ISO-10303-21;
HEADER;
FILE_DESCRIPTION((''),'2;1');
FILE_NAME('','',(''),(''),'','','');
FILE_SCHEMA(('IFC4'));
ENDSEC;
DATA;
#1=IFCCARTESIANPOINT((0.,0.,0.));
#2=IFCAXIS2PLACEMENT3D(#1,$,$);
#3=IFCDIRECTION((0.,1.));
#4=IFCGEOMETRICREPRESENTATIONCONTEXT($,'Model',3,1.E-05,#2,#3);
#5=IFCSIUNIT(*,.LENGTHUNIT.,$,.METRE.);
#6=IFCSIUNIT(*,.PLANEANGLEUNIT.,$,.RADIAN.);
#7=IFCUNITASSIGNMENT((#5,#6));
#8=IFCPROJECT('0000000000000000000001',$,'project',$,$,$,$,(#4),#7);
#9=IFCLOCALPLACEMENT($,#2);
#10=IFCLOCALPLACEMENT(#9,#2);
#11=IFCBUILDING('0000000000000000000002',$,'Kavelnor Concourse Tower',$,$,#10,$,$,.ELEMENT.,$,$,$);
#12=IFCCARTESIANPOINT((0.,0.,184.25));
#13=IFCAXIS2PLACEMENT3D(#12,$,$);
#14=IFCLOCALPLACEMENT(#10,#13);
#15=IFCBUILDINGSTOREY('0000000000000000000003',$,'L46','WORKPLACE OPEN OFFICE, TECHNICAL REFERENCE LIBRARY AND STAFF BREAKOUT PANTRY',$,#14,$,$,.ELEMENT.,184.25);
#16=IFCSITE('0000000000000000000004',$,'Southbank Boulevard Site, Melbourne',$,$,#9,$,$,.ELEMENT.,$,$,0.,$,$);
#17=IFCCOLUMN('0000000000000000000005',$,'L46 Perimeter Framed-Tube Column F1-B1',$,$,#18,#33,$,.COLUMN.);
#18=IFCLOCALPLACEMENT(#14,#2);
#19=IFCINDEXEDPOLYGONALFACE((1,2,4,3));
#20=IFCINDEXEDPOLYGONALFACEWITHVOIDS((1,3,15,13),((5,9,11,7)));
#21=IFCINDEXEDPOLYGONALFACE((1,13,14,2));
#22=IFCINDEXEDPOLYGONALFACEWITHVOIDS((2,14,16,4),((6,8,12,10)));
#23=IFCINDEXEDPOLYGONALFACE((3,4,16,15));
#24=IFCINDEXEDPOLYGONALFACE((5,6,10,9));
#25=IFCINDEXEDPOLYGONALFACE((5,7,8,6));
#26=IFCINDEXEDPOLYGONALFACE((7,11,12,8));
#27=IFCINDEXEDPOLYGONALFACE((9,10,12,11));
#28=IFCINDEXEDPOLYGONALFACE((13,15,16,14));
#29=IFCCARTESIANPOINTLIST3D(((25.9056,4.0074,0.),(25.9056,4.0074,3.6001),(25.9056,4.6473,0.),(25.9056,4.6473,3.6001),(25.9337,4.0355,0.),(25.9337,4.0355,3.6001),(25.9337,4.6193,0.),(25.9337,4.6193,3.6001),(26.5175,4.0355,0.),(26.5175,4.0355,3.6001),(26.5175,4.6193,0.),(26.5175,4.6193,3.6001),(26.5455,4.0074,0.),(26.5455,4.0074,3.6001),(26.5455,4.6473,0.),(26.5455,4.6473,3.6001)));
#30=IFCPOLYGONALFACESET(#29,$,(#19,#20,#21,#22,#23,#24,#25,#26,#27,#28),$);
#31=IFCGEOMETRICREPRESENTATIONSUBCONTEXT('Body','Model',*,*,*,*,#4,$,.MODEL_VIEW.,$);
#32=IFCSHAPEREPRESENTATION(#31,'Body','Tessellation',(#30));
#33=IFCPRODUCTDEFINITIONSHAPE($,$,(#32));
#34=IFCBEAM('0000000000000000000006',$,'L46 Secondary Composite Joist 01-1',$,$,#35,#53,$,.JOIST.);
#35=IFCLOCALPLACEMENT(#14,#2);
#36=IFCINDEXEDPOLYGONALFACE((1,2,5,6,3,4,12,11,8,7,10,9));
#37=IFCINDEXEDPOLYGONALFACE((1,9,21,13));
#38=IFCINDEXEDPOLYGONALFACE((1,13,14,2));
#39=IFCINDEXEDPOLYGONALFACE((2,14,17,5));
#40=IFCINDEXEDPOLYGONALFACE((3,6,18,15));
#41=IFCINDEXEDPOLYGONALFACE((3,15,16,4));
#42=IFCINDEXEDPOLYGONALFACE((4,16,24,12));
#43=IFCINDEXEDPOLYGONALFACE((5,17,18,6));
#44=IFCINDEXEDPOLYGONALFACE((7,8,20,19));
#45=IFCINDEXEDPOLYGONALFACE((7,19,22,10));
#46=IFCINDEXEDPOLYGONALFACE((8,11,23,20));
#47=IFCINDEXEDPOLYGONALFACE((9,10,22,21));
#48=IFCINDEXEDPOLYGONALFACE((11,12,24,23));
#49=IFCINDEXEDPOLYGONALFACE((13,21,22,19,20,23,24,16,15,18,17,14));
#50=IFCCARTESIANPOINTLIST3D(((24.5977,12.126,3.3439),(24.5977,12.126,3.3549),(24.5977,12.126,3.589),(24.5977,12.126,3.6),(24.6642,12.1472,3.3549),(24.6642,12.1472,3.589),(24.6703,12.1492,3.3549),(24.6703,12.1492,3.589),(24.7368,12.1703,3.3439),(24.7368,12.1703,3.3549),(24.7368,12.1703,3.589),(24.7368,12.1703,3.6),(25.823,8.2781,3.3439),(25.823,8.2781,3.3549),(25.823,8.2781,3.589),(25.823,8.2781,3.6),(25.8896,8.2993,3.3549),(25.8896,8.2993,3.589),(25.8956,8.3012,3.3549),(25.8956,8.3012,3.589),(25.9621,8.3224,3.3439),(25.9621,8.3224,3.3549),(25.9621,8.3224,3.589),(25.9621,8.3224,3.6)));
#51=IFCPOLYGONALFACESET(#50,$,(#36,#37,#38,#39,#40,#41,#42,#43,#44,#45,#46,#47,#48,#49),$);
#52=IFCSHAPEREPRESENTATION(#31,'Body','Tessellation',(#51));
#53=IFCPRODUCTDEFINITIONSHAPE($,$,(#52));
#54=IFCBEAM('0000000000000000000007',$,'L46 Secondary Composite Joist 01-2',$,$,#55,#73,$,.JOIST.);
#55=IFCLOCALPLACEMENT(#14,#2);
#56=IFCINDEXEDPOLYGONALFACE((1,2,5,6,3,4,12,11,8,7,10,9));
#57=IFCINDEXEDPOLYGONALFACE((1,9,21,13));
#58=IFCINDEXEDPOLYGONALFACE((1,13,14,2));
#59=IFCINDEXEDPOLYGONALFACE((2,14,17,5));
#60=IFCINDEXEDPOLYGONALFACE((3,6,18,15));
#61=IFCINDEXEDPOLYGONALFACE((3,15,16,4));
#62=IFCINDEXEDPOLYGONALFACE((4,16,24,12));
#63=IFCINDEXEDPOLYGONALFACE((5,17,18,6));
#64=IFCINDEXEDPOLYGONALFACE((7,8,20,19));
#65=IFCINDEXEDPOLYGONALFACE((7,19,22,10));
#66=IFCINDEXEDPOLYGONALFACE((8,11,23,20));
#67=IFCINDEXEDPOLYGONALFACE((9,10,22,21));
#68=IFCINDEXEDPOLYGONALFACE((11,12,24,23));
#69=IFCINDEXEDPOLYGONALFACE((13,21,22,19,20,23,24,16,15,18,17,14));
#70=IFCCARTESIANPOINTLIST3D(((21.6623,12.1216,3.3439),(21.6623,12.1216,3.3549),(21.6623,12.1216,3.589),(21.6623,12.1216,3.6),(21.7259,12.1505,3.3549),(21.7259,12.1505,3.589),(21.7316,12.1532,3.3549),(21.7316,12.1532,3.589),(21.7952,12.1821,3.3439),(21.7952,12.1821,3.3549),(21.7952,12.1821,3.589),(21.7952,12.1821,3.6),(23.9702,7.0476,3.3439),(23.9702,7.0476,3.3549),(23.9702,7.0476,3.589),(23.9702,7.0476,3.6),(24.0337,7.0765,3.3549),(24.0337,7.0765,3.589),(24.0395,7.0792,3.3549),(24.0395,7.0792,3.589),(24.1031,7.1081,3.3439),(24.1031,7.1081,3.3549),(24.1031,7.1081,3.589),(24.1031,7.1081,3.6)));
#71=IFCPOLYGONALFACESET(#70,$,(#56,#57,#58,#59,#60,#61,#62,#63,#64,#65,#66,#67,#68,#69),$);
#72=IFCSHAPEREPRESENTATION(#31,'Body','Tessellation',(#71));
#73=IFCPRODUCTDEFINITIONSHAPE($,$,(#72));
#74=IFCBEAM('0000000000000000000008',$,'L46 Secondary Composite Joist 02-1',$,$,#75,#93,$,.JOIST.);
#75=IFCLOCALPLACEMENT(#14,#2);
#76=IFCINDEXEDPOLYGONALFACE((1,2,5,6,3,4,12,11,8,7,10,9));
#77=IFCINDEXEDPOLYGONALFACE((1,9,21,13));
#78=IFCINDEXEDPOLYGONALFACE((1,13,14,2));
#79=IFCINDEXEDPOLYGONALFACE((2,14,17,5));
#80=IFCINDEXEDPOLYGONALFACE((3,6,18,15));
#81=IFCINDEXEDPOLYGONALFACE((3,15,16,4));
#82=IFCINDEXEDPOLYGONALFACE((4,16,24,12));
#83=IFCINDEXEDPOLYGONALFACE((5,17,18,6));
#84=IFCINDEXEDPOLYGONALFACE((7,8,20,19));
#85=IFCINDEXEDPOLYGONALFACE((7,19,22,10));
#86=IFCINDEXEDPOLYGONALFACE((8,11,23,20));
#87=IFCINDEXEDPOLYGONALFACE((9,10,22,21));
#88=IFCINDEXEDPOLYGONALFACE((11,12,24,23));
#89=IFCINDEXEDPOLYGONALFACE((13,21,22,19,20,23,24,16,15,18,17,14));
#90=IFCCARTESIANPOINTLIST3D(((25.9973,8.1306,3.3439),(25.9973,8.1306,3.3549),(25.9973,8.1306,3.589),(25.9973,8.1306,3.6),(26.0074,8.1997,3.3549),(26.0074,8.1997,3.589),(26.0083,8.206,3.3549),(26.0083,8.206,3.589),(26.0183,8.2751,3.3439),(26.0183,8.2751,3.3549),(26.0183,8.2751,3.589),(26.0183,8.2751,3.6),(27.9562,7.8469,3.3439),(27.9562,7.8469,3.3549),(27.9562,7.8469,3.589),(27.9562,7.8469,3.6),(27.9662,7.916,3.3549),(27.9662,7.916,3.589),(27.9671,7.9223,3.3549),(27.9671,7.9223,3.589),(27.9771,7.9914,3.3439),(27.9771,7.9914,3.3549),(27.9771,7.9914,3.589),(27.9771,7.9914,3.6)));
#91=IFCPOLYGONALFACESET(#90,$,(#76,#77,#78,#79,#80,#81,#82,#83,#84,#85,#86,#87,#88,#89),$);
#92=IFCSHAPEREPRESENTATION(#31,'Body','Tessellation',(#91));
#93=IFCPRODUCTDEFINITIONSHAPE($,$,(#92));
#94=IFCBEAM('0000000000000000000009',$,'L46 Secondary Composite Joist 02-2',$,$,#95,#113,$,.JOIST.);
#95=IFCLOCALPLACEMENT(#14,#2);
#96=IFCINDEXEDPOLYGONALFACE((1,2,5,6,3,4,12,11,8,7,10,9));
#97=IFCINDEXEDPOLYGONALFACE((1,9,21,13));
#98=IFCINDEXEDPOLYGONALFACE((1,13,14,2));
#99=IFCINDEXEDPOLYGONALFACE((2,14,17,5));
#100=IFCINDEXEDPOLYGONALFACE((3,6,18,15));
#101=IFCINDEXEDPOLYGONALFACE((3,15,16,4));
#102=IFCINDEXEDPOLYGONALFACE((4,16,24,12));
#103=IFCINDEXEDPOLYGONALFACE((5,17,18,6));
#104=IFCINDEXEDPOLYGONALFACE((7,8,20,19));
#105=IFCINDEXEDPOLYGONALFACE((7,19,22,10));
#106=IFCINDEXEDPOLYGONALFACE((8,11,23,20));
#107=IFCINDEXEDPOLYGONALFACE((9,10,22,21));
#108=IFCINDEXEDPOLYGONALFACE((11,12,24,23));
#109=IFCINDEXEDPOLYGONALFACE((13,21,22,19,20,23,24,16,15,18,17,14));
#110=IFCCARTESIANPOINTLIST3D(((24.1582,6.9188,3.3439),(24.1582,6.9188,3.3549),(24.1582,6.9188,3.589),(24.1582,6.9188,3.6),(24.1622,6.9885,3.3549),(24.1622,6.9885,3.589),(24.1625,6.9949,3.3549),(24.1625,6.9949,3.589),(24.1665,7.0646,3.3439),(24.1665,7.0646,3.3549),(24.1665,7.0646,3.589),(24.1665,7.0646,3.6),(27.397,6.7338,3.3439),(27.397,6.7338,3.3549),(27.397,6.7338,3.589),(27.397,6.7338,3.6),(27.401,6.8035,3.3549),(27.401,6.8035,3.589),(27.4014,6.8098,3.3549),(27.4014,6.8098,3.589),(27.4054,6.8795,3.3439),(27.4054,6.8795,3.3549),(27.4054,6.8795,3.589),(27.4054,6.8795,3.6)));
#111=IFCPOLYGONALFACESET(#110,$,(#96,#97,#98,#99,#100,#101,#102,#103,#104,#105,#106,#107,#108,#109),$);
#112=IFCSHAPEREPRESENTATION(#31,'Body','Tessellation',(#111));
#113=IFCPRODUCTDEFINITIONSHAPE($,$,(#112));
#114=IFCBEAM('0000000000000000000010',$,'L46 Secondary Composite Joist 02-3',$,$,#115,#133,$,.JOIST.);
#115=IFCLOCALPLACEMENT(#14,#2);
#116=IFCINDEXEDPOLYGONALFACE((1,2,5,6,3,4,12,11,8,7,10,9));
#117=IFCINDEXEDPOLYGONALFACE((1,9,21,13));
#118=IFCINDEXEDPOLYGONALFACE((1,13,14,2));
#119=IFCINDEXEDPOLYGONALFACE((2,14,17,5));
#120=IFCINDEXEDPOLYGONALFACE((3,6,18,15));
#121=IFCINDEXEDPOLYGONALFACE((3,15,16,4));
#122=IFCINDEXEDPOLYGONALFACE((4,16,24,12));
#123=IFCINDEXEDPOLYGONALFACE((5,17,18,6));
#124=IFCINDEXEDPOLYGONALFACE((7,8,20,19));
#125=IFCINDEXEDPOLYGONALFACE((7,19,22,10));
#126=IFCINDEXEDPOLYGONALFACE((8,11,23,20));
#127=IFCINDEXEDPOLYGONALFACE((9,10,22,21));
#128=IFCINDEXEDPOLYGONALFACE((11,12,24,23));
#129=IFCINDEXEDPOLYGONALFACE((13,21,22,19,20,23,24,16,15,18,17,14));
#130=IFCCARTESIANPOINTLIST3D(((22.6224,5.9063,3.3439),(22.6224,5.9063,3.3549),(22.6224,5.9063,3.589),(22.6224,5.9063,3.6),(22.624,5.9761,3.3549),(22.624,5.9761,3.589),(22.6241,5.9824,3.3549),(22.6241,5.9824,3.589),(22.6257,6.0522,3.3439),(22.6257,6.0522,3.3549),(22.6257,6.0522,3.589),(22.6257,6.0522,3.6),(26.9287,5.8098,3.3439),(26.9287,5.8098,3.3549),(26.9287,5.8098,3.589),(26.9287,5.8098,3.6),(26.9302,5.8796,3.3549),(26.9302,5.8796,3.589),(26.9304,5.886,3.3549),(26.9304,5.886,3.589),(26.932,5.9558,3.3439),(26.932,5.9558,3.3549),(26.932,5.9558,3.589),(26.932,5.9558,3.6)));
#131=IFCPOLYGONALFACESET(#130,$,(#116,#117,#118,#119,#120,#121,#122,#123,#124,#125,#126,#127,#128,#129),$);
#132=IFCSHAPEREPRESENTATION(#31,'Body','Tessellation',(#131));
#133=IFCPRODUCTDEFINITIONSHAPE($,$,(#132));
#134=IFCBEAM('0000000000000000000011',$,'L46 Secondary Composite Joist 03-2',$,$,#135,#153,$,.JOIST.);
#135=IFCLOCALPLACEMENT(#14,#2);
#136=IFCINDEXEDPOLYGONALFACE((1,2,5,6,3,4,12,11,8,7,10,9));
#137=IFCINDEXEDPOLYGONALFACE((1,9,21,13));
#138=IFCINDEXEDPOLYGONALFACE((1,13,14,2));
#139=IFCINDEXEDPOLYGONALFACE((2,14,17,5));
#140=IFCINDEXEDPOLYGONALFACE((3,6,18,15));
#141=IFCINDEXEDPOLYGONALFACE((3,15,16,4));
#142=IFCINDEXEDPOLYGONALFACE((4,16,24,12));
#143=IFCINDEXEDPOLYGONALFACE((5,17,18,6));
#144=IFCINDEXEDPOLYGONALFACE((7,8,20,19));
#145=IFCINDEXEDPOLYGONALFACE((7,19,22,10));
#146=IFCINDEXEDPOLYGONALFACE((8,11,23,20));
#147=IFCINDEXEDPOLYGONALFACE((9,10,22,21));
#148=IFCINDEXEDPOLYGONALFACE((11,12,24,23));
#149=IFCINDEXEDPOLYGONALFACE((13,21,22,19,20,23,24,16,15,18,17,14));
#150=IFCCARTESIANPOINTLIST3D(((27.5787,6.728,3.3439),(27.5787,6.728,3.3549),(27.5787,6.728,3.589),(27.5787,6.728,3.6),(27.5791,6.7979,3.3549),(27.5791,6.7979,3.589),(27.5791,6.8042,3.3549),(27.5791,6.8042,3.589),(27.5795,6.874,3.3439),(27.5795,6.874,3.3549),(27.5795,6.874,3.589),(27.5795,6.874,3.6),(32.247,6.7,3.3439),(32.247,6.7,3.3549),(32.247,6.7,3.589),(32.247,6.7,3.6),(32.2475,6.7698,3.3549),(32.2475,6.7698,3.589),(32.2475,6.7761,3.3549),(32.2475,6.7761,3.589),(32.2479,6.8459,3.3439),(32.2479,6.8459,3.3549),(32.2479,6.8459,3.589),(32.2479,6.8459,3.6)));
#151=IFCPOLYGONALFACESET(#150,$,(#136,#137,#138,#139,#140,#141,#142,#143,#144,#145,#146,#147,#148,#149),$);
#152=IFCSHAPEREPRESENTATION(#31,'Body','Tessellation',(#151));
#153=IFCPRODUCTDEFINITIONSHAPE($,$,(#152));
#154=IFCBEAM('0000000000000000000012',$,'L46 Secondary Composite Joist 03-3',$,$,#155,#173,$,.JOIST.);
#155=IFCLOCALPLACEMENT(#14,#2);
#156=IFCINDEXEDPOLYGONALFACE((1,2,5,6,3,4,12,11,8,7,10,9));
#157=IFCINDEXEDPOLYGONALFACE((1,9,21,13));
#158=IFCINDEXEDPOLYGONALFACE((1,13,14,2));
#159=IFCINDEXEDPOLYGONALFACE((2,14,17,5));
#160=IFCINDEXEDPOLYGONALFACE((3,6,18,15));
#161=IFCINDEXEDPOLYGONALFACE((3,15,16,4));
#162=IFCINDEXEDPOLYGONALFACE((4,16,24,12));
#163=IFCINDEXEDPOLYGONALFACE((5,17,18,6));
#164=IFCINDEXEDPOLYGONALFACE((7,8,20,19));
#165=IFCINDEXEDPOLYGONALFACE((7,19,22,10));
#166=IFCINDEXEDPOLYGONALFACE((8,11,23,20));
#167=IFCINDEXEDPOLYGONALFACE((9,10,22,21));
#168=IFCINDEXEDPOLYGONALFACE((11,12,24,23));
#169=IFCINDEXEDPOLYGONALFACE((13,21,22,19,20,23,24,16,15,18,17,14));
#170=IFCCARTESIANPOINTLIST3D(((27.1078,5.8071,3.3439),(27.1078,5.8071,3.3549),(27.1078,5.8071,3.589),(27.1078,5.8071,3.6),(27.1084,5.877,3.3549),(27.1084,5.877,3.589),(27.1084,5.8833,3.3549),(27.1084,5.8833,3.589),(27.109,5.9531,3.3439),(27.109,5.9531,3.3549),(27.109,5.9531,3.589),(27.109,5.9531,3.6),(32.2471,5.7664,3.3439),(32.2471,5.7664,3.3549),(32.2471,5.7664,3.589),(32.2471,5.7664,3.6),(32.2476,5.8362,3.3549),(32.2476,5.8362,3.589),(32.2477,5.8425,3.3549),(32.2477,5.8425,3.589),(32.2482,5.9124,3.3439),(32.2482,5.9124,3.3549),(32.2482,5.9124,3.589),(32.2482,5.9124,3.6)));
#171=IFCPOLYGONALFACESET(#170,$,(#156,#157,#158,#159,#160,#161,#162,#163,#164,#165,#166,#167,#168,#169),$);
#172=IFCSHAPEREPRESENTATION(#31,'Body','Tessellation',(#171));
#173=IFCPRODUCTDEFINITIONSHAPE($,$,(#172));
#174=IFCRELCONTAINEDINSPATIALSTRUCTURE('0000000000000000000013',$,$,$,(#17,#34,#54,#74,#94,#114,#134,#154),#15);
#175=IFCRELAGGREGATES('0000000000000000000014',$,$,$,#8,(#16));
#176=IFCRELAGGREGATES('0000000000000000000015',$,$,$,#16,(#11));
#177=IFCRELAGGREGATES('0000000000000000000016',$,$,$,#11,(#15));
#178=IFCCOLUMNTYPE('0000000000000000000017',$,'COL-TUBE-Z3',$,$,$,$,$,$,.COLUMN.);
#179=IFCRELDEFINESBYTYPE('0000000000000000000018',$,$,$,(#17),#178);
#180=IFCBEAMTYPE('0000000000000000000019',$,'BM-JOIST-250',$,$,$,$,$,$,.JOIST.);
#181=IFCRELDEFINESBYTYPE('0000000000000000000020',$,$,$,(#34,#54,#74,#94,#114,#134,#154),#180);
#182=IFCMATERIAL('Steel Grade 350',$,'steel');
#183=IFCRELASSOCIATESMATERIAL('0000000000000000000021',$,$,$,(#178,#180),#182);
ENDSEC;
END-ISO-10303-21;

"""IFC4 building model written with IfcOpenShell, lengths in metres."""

from ifc_helpers import new_model, si_unit, direction, frame, origin, origin_2d, place, context, subcontext, project, spatial, hollow_rectangle, i_section, extrude, material, material_profile, profile_set, type_object, element, save


model = new_model("IFC4")

# Units and contexts
model_context = context("Model", 3, precision=1e-05, world=origin(), true_north=direction((0.0, 1.0)))
body_context = subcontext(model_context, "Body", "Model", "MODEL_VIEW")
ifc_project = project(units=[si_unit("LENGTHUNIT", "METRE"), si_unit("PLANEANGLEUNIT", "RADIAN")], contexts=[model_context])

# Site, building, storey
site_placement = place(None, origin())
site = spatial("IfcSite", under=ifc_project, at=site_placement, Name="Southbank Boulevard Site, Melbourne", CompositionType="ELEMENT", RefElevation=0.0)
building_placement = place(site_placement, origin())
building = spatial("IfcBuilding", under=site, at=building_placement, Name="Kavelnor Concourse Tower", CompositionType="ELEMENT")
storey_placement = place(building_placement, frame((0.0, 0.0, 184.25)))
storey = spatial("IfcBuildingStorey", under=building, at=storey_placement, Name="L46", Description="WORKPLACE OPEN OFFICE, TECHNICAL REFERENCE LIBRARY AND STAFF BREAKOUT PANTRY", CompositionType="ELEMENT", Elevation=184.25)

# Column
ifc_material_1 = material(Name="Steel Grade 350", Category="steel")
ifc_material_profile_1 = material_profile(ifc_material_1, hollow_rectangle(XDim=0.6399, YDim=0.6399, WallThickness=0.0281, at=origin_2d()), Name="SHS 640x640x28")
ifc_profile_set_1 = profile_set([ifc_material_profile_1], Name="Steel Grade 350")
column_type = type_object("IfcColumnType", Name="COL-TUBE-Z3", PredefinedType="COLUMN", material=ifc_profile_set_1)
column_placement = place(storey_placement, frame((26.2256, 4.3274, 0.0), z_axis=(0.0, 0.0, 1.0), x_axis=(1.0, 0.0, 0.0)))
element("IfcColumn", 1, at=column_placement, inside=storey, type_object=column_type, Name="L46 Perimeter Framed-Tube Column F1-B1", PredefinedType="COLUMN", context=body_context, shape_type="SweptSolid", body=[
    extrude(hollow_rectangle(XDim=0.6399, YDim=0.6399, WallThickness=0.0281, at=origin_2d()), origin(), (0.0, 0.0, 1.0), 3.6001),
])

# Beams
ifc_material_profile_2 = material_profile(ifc_material_1, i_section(OverallWidth=0.146, OverallDepth=0.2561, WebThickness=0.0063, FlangeThickness=0.011, at=origin_2d()), Name="250UB37")
ifc_profile_set_2 = profile_set([ifc_material_profile_2], Name="Steel Grade 350")
beam_type_1 = type_object("IfcBeamType", Name="BM-JOIST-250", PredefinedType="JOIST", material=ifc_profile_set_2)
beam_1_placement = place(storey_placement, frame((24.6672, 12.1482, 3.4719), z_axis=(0.303431, -0.952854, 0.0), x_axis=(0.952854, 0.303431, 0.0)))
element("IfcBeam", 2, at=beam_1_placement, inside=storey, type_object=beam_type_1, Name="L46 Secondary Composite Joist 01-1", PredefinedType="JOIST", context=body_context, shape_type="SweptSolid", body=[
    extrude(i_section(OverallWidth=0.146, OverallDepth=0.2561, WebThickness=0.0063, FlangeThickness=0.011, at=origin_2d()), origin(), (0.0, 0.0, 1.0), 4.0383),
])
beam_2_placement = place(storey_placement, frame((21.7288, 12.1519, 3.4719), z_axis=(0.414027, -0.910264, 0.0), x_axis=(0.910264, 0.414027, 0.0)))
element("IfcBeam", 3, at=beam_2_placement, inside=storey, type_object=beam_type_1, Name="L46 Secondary Composite Joist 01-2", PredefinedType="JOIST", context=body_context, shape_type="SweptSolid", body=[
    extrude(i_section(OverallWidth=0.146, OverallDepth=0.2561, WebThickness=0.0063, FlangeThickness=0.011, at=origin_2d()), origin(), (0.0, 0.0, 1.0), 5.5742),
])
beam_3_placement = place(storey_placement, frame((26.0078, 8.2029, 3.4719), z_axis=(0.989674, -0.143338, 0.0), x_axis=(0.143338, 0.989674, 0.0)))
element("IfcBeam", 4, at=beam_3_placement, inside=storey, type_object=beam_type_1, Name="L46 Secondary Composite Joist 02-1", PredefinedType="JOIST", context=body_context, shape_type="SweptSolid", body=[
    extrude(i_section(OverallWidth=0.146, OverallDepth=0.2561, WebThickness=0.0063, FlangeThickness=0.011, at=origin_2d()), origin(), (0.0, 0.0, 1.0), 1.9792),
])
beam_4_placement = place(storey_placement, frame((24.1624, 6.9917, 3.4719), z_axis=(0.998372, -0.057046, 0.0), x_axis=(0.057046, 0.998372, 0.0)))
element("IfcBeam", 5, at=beam_4_placement, inside=storey, type_object=beam_type_1, Name="L46 Secondary Composite Joist 02-2", PredefinedType="JOIST", context=body_context, shape_type="SweptSolid", body=[
    extrude(i_section(OverallWidth=0.146, OverallDepth=0.2561, WebThickness=0.0063, FlangeThickness=0.011, at=origin_2d()), origin(), (0.0, 0.0, 1.0), 3.2441),
])
beam_5_placement = place(storey_placement, frame((22.624, 5.9792, 3.4719), z_axis=(0.999749, -0.022388, 0.0), x_axis=(0.022388, 0.999749, 0.0)))
element("IfcBeam", 6, at=beam_5_placement, inside=storey, type_object=beam_type_1, Name="L46 Secondary Composite Joist 02-3", PredefinedType="JOIST", context=body_context, shape_type="SweptSolid", body=[
    extrude(i_section(OverallWidth=0.146, OverallDepth=0.2561, WebThickness=0.0063, FlangeThickness=0.011, at=origin_2d()), origin(), (0.0, 0.0, 1.0), 4.3074),
])
beam_6_placement = place(storey_placement, frame((27.5791, 6.801, 3.4719), z_axis=(0.999982, -0.006014, 0.0), x_axis=(0.006014, 0.999982, 0.0)))
element("IfcBeam", 7, at=beam_6_placement, inside=storey, type_object=beam_type_1, Name="L46 Secondary Composite Joist 03-2", PredefinedType="JOIST", context=body_context, shape_type="SweptSolid", body=[
    extrude(i_section(OverallWidth=0.146, OverallDepth=0.2561, WebThickness=0.0063, FlangeThickness=0.011, at=origin_2d()), origin(), (0.0, 0.0, 1.0), 4.6685),
])
beam_7_placement = place(storey_placement, frame((27.1084, 5.8801, 3.4719), z_axis=(0.999969, -0.007933, 0.0), x_axis=(0.007933, 0.999969, 0.0)))
element("IfcBeam", 8, at=beam_7_placement, inside=storey, type_object=beam_type_1, Name="L46 Secondary Composite Joist 03-3", PredefinedType="JOIST", context=body_context, shape_type="SweptSolid", body=[
    extrude(i_section(OverallWidth=0.146, OverallDepth=0.2561, WebThickness=0.0063, FlangeThickness=0.011, at=origin_2d()), origin(), (0.0, 0.0, 1.0), 5.1394),
])

save(model, "model.ifc")
